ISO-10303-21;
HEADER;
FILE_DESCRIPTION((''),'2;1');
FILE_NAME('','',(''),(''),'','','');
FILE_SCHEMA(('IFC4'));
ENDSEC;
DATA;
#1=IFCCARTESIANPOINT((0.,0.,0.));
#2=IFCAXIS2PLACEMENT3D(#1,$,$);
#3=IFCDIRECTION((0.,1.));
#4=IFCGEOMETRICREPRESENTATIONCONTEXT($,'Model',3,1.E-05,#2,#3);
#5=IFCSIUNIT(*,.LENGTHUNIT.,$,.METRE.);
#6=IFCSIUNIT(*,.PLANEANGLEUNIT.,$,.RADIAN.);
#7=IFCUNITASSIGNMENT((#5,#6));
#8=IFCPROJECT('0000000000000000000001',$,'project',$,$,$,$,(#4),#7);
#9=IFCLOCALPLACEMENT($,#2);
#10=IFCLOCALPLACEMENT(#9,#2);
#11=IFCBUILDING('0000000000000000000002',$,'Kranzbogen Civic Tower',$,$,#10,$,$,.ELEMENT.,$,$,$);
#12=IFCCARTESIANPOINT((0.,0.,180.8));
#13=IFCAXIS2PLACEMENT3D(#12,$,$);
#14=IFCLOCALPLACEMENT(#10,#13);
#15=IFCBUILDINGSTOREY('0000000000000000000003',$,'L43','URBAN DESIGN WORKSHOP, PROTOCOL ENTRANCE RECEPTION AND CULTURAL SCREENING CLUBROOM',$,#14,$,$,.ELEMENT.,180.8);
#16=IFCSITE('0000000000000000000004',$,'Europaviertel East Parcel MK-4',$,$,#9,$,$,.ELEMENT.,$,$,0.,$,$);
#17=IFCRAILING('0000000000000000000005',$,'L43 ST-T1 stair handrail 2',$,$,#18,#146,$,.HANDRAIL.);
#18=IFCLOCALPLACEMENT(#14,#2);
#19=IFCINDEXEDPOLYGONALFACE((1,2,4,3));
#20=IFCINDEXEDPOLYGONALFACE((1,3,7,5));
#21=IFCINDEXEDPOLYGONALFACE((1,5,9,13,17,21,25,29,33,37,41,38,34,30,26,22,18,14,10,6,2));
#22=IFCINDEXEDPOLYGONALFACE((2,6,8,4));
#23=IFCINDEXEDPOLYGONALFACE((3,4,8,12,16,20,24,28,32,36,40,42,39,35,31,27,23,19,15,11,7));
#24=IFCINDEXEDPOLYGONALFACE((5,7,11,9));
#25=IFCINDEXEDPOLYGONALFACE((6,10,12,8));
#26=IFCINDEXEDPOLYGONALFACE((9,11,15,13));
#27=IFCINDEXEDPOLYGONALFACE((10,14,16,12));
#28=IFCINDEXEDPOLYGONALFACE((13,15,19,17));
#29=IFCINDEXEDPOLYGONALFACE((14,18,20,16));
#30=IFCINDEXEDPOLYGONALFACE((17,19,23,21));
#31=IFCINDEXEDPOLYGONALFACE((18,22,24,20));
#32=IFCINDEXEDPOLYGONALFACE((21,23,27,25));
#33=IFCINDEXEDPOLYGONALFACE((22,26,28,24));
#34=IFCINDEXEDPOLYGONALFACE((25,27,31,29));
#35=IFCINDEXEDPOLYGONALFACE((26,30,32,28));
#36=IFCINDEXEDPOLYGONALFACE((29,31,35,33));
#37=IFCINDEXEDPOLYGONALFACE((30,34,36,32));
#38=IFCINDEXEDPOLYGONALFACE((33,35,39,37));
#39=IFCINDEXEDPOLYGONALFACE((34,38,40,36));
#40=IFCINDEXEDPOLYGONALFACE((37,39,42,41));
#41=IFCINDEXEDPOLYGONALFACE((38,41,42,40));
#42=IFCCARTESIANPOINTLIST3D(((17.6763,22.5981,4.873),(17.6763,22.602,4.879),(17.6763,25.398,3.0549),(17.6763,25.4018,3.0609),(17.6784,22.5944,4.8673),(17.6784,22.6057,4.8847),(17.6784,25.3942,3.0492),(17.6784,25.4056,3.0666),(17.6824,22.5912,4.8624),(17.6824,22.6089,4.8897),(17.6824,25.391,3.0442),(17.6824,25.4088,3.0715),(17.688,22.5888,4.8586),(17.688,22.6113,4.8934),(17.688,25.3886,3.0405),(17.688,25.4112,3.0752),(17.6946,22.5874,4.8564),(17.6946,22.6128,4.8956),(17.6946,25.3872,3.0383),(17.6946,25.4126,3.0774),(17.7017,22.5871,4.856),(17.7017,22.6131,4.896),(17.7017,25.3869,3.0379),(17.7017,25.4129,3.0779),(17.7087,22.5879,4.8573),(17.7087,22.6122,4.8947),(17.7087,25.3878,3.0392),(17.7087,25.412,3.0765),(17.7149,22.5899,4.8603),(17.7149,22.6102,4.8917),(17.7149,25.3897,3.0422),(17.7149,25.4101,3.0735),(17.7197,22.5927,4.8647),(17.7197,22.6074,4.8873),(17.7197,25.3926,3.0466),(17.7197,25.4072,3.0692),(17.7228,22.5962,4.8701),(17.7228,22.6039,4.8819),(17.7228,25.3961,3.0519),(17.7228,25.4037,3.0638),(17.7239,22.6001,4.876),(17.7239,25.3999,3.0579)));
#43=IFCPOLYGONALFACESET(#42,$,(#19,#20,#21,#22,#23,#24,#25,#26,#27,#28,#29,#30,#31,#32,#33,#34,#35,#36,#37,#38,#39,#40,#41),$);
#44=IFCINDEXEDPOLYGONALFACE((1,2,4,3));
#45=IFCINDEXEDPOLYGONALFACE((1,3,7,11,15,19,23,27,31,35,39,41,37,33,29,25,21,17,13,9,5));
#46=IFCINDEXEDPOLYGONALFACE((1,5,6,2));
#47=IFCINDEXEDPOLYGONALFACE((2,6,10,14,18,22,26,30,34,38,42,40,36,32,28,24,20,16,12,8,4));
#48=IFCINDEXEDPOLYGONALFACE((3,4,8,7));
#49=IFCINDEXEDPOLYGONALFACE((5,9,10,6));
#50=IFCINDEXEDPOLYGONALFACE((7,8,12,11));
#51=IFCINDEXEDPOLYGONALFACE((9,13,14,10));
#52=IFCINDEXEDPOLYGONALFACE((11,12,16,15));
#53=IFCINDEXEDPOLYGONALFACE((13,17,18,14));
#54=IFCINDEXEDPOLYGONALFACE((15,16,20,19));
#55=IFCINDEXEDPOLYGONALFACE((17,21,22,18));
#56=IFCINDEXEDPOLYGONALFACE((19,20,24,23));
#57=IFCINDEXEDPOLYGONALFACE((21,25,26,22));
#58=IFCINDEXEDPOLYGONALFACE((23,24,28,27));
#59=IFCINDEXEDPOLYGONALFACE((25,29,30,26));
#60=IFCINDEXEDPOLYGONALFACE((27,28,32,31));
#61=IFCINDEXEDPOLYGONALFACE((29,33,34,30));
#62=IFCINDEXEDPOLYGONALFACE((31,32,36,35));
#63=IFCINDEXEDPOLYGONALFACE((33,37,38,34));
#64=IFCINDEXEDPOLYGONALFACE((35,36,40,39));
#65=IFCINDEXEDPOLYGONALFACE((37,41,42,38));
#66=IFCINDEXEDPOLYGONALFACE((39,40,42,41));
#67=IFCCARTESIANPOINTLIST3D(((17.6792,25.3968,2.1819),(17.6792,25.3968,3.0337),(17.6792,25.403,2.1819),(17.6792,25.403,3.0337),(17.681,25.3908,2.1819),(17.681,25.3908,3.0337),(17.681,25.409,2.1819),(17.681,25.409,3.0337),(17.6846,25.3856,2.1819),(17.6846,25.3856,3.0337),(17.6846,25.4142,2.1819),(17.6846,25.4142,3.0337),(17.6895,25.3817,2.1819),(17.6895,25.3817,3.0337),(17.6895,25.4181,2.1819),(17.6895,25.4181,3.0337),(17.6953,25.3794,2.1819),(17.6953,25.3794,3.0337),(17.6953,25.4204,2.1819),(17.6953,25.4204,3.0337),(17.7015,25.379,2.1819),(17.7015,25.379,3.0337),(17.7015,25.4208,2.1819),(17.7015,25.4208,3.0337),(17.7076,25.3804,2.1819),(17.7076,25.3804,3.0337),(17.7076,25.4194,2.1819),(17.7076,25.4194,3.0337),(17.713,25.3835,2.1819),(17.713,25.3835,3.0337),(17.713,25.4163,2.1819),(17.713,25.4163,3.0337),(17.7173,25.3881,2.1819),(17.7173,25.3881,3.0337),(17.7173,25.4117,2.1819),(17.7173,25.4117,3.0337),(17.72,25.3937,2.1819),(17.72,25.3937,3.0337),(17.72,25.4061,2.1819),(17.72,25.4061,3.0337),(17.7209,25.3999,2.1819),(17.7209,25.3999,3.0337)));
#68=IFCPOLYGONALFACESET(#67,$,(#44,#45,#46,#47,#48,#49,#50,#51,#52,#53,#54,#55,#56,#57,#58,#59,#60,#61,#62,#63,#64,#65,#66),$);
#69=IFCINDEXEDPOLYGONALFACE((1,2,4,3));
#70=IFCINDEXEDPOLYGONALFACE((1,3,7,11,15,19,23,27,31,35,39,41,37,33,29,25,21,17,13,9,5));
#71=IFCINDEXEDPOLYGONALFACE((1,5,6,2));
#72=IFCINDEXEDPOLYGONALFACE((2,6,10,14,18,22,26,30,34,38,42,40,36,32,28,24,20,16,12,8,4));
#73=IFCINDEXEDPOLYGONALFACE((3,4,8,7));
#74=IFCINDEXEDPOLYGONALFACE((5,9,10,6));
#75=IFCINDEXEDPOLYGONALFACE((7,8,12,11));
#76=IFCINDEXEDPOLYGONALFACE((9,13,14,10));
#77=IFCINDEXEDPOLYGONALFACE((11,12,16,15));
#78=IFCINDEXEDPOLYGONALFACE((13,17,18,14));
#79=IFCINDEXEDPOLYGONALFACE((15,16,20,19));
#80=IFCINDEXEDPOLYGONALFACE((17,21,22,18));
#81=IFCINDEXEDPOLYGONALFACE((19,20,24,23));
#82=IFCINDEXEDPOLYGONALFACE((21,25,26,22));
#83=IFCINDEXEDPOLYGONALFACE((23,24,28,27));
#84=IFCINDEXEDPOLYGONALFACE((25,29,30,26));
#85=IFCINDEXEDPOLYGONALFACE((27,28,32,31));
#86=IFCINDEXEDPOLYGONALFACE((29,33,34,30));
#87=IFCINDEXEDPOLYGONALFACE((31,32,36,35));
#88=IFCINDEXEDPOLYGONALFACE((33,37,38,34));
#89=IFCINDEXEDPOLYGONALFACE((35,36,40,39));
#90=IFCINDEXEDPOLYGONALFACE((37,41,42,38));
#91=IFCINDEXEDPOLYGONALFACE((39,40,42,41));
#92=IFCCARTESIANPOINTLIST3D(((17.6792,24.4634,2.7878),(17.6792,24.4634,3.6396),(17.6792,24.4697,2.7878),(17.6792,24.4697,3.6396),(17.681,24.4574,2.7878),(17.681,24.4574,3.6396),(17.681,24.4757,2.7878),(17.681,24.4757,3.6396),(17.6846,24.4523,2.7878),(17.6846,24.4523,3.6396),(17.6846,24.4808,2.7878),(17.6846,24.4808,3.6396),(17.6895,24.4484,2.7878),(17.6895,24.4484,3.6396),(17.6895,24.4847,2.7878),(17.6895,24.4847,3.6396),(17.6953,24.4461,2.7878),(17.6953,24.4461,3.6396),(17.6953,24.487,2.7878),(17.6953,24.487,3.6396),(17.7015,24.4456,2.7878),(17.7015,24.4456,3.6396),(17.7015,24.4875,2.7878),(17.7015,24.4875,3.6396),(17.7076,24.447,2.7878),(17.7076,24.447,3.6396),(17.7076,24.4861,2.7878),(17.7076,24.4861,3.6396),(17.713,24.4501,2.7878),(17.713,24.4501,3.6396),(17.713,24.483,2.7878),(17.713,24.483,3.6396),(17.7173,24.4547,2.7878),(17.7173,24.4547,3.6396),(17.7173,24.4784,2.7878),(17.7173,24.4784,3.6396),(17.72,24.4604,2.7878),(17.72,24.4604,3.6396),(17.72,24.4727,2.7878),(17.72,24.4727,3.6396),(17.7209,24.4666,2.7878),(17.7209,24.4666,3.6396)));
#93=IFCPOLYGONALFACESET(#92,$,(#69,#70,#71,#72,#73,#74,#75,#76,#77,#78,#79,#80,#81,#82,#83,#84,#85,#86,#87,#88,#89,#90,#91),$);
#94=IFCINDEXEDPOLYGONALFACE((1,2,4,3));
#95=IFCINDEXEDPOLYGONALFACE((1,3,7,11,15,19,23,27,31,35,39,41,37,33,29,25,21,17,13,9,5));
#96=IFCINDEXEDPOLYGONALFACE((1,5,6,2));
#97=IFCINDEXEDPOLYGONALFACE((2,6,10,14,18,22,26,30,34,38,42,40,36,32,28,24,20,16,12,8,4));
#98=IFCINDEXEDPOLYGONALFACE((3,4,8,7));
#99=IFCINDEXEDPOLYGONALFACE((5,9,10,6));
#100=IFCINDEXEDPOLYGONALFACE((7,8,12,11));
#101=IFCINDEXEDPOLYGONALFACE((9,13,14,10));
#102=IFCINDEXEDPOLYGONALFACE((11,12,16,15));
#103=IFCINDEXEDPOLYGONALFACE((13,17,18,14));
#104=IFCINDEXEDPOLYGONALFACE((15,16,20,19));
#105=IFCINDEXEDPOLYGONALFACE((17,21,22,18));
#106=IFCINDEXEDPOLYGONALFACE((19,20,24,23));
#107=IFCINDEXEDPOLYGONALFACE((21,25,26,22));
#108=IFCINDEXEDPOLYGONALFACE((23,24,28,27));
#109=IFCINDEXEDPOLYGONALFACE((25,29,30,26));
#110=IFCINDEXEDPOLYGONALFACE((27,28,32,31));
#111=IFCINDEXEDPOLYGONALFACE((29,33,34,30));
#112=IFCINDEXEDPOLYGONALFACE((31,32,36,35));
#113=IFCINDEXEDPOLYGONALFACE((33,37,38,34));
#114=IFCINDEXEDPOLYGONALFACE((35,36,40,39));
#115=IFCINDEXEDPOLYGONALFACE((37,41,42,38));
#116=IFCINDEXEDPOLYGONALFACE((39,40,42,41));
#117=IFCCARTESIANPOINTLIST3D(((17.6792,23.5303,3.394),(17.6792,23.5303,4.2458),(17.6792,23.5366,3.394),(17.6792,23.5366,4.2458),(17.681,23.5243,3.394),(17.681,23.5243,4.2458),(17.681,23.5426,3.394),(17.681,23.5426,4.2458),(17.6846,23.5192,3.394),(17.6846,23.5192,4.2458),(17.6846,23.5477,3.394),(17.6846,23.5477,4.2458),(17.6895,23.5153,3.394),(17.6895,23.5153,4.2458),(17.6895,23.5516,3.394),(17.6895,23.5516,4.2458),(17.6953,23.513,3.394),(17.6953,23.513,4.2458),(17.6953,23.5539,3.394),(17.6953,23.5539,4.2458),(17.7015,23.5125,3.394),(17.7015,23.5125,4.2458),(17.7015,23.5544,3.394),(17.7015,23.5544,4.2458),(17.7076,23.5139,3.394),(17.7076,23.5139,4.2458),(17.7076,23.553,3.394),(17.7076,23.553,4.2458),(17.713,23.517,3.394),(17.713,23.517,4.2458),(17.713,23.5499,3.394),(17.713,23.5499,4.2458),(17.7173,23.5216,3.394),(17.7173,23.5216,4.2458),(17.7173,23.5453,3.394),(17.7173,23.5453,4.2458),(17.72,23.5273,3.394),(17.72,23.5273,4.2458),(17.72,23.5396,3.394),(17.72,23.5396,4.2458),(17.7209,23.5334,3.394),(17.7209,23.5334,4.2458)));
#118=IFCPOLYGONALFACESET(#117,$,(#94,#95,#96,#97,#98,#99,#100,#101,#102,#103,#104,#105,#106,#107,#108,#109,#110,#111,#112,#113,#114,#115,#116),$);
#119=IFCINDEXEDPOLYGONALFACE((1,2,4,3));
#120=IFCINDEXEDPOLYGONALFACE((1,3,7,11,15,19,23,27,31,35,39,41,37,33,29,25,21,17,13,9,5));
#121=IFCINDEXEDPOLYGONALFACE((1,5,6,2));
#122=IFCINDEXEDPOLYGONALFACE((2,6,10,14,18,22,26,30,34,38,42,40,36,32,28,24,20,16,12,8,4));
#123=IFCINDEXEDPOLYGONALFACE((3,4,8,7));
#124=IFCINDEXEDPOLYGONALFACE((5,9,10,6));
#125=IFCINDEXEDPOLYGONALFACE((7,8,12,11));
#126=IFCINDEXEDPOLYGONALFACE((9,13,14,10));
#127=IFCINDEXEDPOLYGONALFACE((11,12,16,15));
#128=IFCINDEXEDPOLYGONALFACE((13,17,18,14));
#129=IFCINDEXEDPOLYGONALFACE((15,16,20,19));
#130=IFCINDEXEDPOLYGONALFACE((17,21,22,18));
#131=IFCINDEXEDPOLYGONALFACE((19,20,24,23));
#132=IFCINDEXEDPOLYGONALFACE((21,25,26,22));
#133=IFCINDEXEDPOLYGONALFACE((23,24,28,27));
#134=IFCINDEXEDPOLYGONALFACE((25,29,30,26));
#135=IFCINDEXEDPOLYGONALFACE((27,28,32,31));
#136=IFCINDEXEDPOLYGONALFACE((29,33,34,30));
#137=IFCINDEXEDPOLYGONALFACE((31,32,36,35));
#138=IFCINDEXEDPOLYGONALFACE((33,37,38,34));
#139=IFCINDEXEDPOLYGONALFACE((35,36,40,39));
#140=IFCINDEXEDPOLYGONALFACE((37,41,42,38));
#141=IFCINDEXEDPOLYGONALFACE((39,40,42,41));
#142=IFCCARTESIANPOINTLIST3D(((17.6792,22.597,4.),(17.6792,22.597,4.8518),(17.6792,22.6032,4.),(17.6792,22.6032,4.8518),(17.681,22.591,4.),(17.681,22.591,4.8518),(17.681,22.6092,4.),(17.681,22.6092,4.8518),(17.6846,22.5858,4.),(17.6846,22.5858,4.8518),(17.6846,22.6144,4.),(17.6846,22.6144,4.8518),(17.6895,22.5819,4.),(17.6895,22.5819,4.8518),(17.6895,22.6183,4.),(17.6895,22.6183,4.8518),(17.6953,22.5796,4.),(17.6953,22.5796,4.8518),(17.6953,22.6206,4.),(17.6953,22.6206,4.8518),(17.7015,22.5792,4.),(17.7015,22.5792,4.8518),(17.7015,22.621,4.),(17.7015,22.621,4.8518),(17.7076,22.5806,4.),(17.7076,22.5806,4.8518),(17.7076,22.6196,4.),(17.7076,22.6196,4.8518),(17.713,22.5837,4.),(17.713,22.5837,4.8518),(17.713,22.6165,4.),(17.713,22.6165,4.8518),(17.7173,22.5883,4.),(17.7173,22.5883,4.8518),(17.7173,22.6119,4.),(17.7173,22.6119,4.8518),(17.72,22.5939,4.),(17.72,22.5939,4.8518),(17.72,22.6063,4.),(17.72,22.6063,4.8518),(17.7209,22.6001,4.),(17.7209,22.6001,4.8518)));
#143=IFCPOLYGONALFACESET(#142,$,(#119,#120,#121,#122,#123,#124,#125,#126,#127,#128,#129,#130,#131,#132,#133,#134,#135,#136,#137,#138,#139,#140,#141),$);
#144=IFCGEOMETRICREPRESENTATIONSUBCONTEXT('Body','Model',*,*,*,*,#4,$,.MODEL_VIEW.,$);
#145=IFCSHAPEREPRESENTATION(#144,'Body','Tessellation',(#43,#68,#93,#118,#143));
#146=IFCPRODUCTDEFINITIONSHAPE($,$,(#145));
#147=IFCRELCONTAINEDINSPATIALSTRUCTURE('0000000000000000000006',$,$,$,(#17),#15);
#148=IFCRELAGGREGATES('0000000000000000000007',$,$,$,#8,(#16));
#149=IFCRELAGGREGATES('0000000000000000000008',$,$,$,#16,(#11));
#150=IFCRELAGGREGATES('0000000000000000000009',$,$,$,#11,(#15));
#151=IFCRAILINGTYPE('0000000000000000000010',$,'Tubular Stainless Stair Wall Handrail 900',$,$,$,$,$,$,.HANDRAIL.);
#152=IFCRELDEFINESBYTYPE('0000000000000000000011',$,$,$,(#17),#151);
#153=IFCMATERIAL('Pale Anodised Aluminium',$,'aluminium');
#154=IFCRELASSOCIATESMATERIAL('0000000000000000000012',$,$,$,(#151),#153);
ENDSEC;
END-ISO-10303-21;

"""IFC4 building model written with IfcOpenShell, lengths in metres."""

from ifc_helpers import new_model, si_unit, direction, frame, origin, origin_2d, place, context, subcontext, project, spatial, circle, extrude, material, type_object, element, save


model = new_model("IFC4")

# Units and contexts
model_context = context("Model", 3, precision=1e-05, world=origin(), true_north=direction((0.0, 1.0)))
body_context = subcontext(model_context, "Body", "Model", "MODEL_VIEW")
ifc_project = project(units=[si_unit("LENGTHUNIT", "METRE"), si_unit("PLANEANGLEUNIT", "RADIAN")], contexts=[model_context])

# Site, building, storey
site_placement = place(None, origin())
site = spatial("IfcSite", under=ifc_project, at=site_placement, Name="Europaviertel East Parcel MK-4", CompositionType="ELEMENT", RefElevation=0.0)
building_placement = place(site_placement, origin())
building = spatial("IfcBuilding", under=site, at=building_placement, Name="Kranzbogen Civic Tower", CompositionType="ELEMENT")
storey_placement = place(building_placement, frame((0.0, 0.0, 180.8)))
storey = spatial("IfcBuildingStorey", under=building, at=storey_placement, Name="L43", Description="URBAN DESIGN WORKSHOP, PROTOCOL ENTRANCE RECEPTION AND CULTURAL SCREENING CLUBROOM", CompositionType="ELEMENT", Elevation=180.8)

# Shared definitions
ifc_material_1 = material(Name="Pale Anodised Aluminium", Category="aluminium")

# Railing
railing_type_1 = type_object("IfcRailingType", Name="Tubular Stainless Stair Wall Handrail 900", PredefinedType="HANDRAIL", material=ifc_material_1)
railing_1_placement = place(storey_placement, frame((17.7, 25.3999, 2.1819)))
element("IfcRailing", 1, at=railing_1_placement, inside=storey, type_object=railing_type_1, Name="L43 ST-T1 stair handrail 2", PredefinedType="HANDRAIL", context=body_context, shape_type="SweptSolid", body=[
    extrude(circle(Radius=0.0239, at=origin_2d()), frame((0.0, 0.0, 0.876), z_axis=(0.0, -0.838684, 0.544618), x_axis=(1.0, 0.0, 0.0)), (0.0, 0.0, 1.0), 3.3384),
    extrude(circle(Radius=0.021, at=origin_2d()), origin(), (0.0, 0.0, 1.0), 0.8518),
    extrude(circle(Radius=0.021, at=origin_2d()), frame((0.0, -0.9333, 0.606)), (0.0, 0.0, 1.0), 0.8518),
    extrude(circle(Radius=0.021, at=origin_2d()), frame((0.0, -1.8665, 1.2122)), (0.0, 0.0, 1.0), 0.8518),
    extrude(circle(Radius=0.021, at=origin_2d()), frame((0.0, -2.7998, 1.8181)), (0.0, 0.0, 1.0), 0.8518),
])

save(model, "model.ifc")
